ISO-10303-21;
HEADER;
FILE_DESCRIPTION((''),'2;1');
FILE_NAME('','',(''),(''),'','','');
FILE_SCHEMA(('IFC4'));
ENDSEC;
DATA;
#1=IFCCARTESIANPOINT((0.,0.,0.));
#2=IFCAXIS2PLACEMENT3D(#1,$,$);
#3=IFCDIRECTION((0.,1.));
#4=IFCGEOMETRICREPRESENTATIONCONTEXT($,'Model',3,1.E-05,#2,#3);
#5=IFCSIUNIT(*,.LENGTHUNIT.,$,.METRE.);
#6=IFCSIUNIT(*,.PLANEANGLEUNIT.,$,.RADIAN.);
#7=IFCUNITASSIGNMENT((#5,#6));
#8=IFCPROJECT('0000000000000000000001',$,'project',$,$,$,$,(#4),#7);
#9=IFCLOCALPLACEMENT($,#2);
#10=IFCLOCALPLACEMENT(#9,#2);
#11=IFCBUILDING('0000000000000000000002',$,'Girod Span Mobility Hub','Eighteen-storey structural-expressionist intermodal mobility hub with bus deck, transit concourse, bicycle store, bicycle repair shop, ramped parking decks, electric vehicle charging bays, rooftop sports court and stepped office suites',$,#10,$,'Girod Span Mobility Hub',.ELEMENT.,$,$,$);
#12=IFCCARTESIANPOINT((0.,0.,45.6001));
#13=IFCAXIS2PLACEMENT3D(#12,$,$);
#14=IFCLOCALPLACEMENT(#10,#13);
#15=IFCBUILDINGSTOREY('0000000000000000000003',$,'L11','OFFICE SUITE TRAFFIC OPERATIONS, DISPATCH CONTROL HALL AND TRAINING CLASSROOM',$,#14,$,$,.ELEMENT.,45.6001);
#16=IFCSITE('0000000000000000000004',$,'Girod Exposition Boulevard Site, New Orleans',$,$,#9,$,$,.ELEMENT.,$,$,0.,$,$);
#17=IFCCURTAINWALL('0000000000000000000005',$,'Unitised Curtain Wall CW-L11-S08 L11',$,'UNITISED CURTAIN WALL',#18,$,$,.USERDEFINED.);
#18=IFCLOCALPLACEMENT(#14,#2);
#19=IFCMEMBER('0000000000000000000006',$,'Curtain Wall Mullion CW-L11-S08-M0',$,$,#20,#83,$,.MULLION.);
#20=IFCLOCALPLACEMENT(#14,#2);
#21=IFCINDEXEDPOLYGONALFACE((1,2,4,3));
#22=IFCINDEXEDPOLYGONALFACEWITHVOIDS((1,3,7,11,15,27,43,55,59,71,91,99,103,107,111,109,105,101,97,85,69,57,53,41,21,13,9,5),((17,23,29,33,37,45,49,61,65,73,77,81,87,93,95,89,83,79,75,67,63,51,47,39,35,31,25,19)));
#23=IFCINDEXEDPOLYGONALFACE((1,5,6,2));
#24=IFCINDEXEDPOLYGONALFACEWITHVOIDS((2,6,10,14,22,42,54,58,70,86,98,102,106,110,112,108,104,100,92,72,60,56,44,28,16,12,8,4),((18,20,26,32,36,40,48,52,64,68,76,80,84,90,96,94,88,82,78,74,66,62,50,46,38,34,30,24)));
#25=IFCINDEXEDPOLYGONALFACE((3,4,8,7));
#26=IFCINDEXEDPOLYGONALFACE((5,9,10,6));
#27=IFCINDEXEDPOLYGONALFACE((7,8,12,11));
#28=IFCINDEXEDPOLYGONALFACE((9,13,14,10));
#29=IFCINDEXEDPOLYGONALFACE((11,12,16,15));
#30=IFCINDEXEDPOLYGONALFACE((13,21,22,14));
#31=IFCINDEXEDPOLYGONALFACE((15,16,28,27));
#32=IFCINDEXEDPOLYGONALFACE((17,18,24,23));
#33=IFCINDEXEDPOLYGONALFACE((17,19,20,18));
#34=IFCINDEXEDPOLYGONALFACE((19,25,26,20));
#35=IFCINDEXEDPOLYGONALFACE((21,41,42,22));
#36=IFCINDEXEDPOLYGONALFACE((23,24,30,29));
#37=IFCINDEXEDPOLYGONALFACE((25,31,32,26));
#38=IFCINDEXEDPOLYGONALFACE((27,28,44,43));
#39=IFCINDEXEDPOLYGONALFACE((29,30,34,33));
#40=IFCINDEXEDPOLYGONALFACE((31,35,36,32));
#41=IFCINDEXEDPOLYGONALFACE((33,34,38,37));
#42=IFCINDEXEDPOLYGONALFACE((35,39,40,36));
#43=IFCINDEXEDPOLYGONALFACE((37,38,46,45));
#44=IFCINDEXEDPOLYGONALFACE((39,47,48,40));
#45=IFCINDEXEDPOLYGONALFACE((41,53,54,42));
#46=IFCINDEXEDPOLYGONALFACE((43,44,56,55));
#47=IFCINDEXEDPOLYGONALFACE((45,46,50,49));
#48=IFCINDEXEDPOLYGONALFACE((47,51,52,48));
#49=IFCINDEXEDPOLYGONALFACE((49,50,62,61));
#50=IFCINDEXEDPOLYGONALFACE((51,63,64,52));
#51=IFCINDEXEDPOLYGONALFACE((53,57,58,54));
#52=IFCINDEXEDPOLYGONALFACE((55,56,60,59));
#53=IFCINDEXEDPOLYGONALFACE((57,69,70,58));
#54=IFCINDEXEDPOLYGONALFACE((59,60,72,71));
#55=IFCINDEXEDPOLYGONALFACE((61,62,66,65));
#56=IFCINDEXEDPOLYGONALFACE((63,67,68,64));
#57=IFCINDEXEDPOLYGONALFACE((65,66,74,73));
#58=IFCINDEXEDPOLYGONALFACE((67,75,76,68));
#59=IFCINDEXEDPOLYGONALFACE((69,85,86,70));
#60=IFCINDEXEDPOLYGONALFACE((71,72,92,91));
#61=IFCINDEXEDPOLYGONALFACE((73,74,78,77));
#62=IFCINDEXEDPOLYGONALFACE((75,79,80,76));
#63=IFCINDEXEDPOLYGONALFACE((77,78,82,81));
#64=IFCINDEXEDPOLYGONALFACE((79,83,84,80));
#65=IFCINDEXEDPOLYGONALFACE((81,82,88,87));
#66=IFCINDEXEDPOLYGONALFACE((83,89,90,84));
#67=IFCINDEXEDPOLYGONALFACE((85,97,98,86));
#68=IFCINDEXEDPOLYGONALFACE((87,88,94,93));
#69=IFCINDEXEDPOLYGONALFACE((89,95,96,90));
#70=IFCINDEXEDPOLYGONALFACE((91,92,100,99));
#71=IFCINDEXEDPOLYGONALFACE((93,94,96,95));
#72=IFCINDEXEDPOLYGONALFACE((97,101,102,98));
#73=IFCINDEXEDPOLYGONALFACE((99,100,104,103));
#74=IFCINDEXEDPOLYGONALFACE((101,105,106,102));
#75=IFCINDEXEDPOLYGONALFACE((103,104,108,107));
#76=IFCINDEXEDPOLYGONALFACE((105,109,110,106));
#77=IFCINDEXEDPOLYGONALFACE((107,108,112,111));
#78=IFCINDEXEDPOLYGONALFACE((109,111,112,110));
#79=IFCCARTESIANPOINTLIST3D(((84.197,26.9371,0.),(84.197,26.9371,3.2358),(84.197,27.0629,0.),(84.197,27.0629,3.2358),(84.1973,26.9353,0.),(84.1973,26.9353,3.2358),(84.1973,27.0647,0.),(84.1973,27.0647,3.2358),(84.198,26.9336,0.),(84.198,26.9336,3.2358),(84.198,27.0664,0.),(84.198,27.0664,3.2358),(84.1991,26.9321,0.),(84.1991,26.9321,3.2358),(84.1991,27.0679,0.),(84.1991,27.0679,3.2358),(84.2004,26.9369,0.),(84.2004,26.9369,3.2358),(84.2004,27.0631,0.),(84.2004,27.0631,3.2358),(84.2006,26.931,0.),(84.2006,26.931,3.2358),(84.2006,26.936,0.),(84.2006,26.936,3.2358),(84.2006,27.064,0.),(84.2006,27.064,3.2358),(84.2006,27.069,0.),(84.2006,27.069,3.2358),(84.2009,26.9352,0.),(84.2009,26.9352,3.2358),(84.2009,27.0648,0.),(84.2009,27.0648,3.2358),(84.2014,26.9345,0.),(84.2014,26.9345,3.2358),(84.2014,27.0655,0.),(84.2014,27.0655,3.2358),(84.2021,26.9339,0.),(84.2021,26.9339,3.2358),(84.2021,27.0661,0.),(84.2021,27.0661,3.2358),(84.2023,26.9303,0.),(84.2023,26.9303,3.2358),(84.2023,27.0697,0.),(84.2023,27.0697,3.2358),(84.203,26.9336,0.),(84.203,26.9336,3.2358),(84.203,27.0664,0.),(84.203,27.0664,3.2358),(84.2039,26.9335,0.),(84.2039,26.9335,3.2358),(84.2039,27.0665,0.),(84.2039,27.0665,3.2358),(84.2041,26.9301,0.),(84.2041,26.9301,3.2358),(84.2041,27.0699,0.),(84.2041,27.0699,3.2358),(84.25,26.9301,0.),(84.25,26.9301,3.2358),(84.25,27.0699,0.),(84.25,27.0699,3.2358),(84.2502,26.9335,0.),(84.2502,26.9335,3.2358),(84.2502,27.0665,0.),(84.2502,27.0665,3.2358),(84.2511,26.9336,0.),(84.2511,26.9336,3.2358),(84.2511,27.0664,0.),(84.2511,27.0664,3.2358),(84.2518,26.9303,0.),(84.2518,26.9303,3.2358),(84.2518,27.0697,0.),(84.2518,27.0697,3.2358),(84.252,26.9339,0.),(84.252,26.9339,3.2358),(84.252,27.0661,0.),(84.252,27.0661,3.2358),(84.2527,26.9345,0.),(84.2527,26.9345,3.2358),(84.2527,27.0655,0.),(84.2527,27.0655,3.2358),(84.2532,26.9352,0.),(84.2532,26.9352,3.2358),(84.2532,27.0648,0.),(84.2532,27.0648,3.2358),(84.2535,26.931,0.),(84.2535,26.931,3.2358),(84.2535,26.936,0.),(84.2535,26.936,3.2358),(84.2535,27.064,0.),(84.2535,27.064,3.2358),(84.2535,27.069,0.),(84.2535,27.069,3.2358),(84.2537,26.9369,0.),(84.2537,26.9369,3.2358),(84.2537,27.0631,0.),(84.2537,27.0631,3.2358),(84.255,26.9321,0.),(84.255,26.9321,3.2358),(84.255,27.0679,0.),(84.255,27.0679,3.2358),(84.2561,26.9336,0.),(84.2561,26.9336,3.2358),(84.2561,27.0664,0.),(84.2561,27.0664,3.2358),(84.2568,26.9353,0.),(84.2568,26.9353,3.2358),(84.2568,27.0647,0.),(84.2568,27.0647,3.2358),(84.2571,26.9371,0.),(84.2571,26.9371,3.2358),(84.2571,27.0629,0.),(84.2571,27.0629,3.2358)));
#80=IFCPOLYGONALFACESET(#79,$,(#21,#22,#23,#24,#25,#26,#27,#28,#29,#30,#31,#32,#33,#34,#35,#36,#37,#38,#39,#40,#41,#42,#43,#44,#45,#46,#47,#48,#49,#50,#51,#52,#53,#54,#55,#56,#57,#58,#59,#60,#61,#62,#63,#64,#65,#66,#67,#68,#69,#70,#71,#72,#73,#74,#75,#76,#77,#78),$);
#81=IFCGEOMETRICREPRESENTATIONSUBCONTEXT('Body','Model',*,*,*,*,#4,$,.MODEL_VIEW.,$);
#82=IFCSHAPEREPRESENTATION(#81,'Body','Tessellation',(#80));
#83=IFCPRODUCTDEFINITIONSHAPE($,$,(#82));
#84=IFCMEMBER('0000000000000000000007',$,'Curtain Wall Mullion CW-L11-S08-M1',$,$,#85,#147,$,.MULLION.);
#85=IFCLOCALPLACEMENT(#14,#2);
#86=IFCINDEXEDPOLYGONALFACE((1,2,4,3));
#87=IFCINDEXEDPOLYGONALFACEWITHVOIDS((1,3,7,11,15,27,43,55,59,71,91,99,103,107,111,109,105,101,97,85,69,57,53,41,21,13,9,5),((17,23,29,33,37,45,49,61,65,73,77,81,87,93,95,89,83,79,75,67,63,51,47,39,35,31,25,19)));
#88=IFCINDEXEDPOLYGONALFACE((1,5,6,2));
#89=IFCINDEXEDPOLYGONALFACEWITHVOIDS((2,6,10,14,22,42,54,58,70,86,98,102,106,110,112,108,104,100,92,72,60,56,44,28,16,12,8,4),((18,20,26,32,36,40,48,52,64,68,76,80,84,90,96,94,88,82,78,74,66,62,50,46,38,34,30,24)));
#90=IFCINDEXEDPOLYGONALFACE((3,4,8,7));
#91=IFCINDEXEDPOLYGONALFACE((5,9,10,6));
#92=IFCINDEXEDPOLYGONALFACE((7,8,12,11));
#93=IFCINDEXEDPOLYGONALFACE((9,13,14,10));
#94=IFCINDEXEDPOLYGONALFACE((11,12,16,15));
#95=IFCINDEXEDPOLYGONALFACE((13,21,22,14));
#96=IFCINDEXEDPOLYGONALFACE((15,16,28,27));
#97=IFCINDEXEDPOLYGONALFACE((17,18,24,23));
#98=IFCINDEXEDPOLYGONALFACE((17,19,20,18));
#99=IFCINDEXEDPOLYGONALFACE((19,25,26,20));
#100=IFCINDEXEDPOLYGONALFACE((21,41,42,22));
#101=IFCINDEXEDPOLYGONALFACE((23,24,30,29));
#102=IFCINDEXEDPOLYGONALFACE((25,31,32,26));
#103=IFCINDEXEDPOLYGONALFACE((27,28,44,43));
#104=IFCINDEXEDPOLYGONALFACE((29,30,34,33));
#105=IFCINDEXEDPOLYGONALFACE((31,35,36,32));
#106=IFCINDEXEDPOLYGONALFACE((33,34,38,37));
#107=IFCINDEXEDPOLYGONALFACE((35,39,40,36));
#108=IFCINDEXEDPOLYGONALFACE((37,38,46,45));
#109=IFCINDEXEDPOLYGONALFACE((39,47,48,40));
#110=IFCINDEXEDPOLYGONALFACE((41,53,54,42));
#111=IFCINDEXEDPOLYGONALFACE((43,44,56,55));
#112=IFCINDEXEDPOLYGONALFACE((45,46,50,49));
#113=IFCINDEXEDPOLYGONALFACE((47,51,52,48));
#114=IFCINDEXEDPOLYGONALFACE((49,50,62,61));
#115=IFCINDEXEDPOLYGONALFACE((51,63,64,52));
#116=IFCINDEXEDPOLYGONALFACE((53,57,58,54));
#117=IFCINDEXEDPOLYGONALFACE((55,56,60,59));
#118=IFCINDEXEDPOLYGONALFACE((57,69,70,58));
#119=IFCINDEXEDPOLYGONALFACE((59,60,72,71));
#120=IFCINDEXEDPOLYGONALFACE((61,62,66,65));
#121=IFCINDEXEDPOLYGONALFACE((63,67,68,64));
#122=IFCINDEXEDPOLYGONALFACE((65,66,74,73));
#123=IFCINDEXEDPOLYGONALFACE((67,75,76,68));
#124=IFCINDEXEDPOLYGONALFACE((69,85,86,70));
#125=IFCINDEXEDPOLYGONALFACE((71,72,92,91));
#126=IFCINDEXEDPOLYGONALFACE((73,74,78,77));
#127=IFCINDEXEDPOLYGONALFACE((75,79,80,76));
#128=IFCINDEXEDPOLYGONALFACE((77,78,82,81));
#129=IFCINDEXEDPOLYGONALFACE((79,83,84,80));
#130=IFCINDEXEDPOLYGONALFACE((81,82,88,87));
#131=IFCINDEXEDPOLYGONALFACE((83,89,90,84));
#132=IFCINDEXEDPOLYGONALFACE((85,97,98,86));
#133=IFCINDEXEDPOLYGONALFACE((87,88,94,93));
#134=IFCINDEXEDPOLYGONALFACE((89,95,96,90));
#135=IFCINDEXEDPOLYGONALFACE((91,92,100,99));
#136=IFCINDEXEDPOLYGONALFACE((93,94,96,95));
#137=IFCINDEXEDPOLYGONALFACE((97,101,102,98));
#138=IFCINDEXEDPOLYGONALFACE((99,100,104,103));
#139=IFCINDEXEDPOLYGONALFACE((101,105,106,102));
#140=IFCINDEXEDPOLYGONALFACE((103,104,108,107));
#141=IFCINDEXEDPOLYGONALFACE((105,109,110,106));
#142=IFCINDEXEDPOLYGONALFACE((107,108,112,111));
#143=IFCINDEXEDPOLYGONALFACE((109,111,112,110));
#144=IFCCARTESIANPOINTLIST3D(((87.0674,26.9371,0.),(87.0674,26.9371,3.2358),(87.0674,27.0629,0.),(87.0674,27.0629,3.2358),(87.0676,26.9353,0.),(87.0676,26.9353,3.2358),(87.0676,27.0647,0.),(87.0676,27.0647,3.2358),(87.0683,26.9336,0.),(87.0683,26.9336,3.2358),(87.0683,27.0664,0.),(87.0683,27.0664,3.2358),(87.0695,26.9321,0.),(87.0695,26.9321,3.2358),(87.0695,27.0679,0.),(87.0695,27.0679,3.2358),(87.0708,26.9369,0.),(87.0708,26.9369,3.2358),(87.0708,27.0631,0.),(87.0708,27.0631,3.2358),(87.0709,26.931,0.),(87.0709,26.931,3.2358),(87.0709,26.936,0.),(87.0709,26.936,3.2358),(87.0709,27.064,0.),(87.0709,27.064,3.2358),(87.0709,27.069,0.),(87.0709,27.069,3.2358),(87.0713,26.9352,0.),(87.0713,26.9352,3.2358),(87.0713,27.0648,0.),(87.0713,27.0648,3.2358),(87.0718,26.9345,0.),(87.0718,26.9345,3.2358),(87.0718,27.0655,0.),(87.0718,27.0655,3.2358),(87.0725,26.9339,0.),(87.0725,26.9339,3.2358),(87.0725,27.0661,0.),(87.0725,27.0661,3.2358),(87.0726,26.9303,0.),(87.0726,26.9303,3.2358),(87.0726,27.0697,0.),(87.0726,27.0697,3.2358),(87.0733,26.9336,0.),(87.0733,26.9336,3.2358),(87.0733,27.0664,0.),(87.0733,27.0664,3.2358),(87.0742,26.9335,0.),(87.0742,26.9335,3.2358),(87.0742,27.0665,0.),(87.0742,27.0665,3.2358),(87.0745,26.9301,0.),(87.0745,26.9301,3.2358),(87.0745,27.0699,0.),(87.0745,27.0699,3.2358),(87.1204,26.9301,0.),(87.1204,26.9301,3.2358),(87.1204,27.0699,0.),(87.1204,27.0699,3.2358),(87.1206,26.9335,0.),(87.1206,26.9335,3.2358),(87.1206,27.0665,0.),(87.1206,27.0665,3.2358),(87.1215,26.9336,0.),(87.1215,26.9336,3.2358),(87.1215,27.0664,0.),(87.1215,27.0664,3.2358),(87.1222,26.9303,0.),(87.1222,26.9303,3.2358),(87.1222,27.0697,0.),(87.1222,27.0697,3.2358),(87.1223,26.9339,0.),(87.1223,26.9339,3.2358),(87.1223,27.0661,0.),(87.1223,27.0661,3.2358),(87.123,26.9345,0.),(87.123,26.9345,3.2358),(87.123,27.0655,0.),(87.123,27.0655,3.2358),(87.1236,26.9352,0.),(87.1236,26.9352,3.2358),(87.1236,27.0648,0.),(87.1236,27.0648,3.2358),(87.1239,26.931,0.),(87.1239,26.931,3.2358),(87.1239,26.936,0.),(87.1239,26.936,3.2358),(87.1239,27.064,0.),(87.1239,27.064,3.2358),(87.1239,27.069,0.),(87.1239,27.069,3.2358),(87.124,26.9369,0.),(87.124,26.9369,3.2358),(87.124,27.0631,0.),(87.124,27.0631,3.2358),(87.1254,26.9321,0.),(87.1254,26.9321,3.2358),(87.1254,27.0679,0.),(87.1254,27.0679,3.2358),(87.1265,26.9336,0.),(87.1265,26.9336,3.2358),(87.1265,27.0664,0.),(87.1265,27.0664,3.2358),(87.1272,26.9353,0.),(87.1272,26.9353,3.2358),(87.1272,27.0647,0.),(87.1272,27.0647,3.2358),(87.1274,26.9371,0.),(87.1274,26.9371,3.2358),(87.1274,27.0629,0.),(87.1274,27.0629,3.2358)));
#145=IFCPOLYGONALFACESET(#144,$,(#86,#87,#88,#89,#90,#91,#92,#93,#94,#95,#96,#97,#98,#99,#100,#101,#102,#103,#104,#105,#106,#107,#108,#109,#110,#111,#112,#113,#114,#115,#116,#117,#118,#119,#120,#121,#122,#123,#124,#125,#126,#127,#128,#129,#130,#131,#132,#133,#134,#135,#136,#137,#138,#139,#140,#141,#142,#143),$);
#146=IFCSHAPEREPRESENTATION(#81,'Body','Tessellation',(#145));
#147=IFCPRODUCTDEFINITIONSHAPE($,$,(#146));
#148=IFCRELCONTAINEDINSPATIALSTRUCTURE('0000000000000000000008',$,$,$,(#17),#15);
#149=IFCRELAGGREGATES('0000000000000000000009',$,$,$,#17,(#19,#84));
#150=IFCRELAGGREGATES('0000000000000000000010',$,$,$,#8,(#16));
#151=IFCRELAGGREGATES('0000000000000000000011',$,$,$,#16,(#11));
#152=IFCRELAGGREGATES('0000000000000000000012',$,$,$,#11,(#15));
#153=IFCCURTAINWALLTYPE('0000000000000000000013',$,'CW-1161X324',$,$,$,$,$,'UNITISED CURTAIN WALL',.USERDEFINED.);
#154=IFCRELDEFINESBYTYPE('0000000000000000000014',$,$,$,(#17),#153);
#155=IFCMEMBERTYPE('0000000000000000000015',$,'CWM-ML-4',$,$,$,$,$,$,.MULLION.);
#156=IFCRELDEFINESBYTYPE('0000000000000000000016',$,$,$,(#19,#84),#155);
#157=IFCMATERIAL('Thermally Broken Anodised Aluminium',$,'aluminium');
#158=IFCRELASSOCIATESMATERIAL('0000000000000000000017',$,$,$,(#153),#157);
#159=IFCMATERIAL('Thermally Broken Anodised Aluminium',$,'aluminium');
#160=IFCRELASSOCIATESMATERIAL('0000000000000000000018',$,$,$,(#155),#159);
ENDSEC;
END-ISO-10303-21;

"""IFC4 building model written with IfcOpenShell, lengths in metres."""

from ifc_helpers import new_model, si_unit, direction, frame, origin, origin_2d, place, context, subcontext, project, spatial, hollow_rectangle, extrude, material, material_profile, profile_set, type_object, element, aggregate, save


model = new_model("IFC4")

# Units and contexts
model_context = context("Model", 3, precision=1e-05, world=origin(), true_north=direction((0.0, 1.0)))
body_context = subcontext(model_context, "Body", "Model", "MODEL_VIEW")
ifc_project = project(units=[si_unit("LENGTHUNIT", "METRE"), si_unit("PLANEANGLEUNIT", "RADIAN")], contexts=[model_context])

# Site, building, storey
site_placement = place(None, origin())
site = spatial("IfcSite", under=ifc_project, at=site_placement, Name="Girod Exposition Boulevard Site, New Orleans", CompositionType="ELEMENT", RefElevation=0.0)
building_placement = place(site_placement, origin())
building = spatial("IfcBuilding", under=site, at=building_placement, Name="Girod Span Mobility Hub", Description="Eighteen-storey structural-expressionist intermodal mobility hub with bus deck, transit concourse, bicycle store, bicycle repair shop, ramped parking decks, electric vehicle charging bays, rooftop sports court and stepped office suites", LongName="Girod Span Mobility Hub", CompositionType="ELEMENT")
storey_placement = place(building_placement, frame((0.0, 0.0, 45.6001)))
storey = spatial("IfcBuildingStorey", under=building, at=storey_placement, Name="L11", Description="OFFICE SUITE TRAFFIC OPERATIONS, DISPATCH CONTROL HALL AND TRAINING CLASSROOM", CompositionType="ELEMENT", Elevation=45.6001)

# Curtain wall, members
ifc_material_1 = material(Name="Thermally Broken Anodised Aluminium", Category="aluminium")
curtain_wall_type = type_object("IfcCurtainWallType", Name="CW-1161X324", ElementType="UNITISED CURTAIN WALL", PredefinedType="USERDEFINED", material=ifc_material_1)
curtain_wall_placement = place(storey_placement, origin())
curtain_wall = element("IfcCurtainWall", 1, at=curtain_wall_placement, inside=storey, type_object=curtain_wall_type, Name="Unitised Curtain Wall CW-L11-S08 L11", ObjectType="UNITISED CURTAIN WALL", PredefinedType="USERDEFINED")
ifc_material_2 = material(Name="Thermally Broken Anodised Aluminium", Category="aluminium")
ifc_material_profile_1 = material_profile(ifc_material_2, hollow_rectangle(XDim=0.1399, YDim=0.0601, WallThickness=0.0034, InnerFilletRadius=0.0034, OuterFilletRadius=0.0071, at=origin_2d()), Name="CW-ML-60X140")
ifc_profile_set_1 = profile_set([ifc_material_profile_1], Name="Thermally Broken Anodised Aluminium")
member_type_1 = type_object("IfcMemberType", Name="CWM-ML-4", PredefinedType="MULLION", material=ifc_profile_set_1)
member_1_placement = place(storey_placement, frame((84.2271, 27.0, 0.0), z_axis=(0.0, 0.0, 1.0), x_axis=(0.0, 1.0, 0.0)))
member_1 = element("IfcMember", 2, at=member_1_placement, type_object=member_type_1, Name="Curtain Wall Mullion CW-L11-S08-M0", PredefinedType="MULLION", context=body_context, shape_type="SweptSolid", body=[
    extrude(hollow_rectangle(XDim=0.1399, YDim=0.0601, WallThickness=0.0034, InnerFilletRadius=0.0034, OuterFilletRadius=0.0071, at=origin_2d()), origin(), (0.0, 0.0, 1.0), 3.2358),
])
member_2_placement = place(storey_placement, frame((87.0974, 27.0, 0.0), z_axis=(0.0, 0.0, 1.0), x_axis=(0.0, 1.0, 0.0)))
member_2 = element("IfcMember", 3, at=member_2_placement, type_object=member_type_1, Name="Curtain Wall Mullion CW-L11-S08-M1", PredefinedType="MULLION", context=body_context, shape_type="SweptSolid", body=[
    extrude(hollow_rectangle(XDim=0.1399, YDim=0.0601, WallThickness=0.0034, InnerFilletRadius=0.0034, OuterFilletRadius=0.0071, at=origin_2d()), origin(), (0.0, 0.0, 1.0), 3.2358),
])

aggregate(curtain_wall, [member_1, member_2])

save(model, "model.ifc")
